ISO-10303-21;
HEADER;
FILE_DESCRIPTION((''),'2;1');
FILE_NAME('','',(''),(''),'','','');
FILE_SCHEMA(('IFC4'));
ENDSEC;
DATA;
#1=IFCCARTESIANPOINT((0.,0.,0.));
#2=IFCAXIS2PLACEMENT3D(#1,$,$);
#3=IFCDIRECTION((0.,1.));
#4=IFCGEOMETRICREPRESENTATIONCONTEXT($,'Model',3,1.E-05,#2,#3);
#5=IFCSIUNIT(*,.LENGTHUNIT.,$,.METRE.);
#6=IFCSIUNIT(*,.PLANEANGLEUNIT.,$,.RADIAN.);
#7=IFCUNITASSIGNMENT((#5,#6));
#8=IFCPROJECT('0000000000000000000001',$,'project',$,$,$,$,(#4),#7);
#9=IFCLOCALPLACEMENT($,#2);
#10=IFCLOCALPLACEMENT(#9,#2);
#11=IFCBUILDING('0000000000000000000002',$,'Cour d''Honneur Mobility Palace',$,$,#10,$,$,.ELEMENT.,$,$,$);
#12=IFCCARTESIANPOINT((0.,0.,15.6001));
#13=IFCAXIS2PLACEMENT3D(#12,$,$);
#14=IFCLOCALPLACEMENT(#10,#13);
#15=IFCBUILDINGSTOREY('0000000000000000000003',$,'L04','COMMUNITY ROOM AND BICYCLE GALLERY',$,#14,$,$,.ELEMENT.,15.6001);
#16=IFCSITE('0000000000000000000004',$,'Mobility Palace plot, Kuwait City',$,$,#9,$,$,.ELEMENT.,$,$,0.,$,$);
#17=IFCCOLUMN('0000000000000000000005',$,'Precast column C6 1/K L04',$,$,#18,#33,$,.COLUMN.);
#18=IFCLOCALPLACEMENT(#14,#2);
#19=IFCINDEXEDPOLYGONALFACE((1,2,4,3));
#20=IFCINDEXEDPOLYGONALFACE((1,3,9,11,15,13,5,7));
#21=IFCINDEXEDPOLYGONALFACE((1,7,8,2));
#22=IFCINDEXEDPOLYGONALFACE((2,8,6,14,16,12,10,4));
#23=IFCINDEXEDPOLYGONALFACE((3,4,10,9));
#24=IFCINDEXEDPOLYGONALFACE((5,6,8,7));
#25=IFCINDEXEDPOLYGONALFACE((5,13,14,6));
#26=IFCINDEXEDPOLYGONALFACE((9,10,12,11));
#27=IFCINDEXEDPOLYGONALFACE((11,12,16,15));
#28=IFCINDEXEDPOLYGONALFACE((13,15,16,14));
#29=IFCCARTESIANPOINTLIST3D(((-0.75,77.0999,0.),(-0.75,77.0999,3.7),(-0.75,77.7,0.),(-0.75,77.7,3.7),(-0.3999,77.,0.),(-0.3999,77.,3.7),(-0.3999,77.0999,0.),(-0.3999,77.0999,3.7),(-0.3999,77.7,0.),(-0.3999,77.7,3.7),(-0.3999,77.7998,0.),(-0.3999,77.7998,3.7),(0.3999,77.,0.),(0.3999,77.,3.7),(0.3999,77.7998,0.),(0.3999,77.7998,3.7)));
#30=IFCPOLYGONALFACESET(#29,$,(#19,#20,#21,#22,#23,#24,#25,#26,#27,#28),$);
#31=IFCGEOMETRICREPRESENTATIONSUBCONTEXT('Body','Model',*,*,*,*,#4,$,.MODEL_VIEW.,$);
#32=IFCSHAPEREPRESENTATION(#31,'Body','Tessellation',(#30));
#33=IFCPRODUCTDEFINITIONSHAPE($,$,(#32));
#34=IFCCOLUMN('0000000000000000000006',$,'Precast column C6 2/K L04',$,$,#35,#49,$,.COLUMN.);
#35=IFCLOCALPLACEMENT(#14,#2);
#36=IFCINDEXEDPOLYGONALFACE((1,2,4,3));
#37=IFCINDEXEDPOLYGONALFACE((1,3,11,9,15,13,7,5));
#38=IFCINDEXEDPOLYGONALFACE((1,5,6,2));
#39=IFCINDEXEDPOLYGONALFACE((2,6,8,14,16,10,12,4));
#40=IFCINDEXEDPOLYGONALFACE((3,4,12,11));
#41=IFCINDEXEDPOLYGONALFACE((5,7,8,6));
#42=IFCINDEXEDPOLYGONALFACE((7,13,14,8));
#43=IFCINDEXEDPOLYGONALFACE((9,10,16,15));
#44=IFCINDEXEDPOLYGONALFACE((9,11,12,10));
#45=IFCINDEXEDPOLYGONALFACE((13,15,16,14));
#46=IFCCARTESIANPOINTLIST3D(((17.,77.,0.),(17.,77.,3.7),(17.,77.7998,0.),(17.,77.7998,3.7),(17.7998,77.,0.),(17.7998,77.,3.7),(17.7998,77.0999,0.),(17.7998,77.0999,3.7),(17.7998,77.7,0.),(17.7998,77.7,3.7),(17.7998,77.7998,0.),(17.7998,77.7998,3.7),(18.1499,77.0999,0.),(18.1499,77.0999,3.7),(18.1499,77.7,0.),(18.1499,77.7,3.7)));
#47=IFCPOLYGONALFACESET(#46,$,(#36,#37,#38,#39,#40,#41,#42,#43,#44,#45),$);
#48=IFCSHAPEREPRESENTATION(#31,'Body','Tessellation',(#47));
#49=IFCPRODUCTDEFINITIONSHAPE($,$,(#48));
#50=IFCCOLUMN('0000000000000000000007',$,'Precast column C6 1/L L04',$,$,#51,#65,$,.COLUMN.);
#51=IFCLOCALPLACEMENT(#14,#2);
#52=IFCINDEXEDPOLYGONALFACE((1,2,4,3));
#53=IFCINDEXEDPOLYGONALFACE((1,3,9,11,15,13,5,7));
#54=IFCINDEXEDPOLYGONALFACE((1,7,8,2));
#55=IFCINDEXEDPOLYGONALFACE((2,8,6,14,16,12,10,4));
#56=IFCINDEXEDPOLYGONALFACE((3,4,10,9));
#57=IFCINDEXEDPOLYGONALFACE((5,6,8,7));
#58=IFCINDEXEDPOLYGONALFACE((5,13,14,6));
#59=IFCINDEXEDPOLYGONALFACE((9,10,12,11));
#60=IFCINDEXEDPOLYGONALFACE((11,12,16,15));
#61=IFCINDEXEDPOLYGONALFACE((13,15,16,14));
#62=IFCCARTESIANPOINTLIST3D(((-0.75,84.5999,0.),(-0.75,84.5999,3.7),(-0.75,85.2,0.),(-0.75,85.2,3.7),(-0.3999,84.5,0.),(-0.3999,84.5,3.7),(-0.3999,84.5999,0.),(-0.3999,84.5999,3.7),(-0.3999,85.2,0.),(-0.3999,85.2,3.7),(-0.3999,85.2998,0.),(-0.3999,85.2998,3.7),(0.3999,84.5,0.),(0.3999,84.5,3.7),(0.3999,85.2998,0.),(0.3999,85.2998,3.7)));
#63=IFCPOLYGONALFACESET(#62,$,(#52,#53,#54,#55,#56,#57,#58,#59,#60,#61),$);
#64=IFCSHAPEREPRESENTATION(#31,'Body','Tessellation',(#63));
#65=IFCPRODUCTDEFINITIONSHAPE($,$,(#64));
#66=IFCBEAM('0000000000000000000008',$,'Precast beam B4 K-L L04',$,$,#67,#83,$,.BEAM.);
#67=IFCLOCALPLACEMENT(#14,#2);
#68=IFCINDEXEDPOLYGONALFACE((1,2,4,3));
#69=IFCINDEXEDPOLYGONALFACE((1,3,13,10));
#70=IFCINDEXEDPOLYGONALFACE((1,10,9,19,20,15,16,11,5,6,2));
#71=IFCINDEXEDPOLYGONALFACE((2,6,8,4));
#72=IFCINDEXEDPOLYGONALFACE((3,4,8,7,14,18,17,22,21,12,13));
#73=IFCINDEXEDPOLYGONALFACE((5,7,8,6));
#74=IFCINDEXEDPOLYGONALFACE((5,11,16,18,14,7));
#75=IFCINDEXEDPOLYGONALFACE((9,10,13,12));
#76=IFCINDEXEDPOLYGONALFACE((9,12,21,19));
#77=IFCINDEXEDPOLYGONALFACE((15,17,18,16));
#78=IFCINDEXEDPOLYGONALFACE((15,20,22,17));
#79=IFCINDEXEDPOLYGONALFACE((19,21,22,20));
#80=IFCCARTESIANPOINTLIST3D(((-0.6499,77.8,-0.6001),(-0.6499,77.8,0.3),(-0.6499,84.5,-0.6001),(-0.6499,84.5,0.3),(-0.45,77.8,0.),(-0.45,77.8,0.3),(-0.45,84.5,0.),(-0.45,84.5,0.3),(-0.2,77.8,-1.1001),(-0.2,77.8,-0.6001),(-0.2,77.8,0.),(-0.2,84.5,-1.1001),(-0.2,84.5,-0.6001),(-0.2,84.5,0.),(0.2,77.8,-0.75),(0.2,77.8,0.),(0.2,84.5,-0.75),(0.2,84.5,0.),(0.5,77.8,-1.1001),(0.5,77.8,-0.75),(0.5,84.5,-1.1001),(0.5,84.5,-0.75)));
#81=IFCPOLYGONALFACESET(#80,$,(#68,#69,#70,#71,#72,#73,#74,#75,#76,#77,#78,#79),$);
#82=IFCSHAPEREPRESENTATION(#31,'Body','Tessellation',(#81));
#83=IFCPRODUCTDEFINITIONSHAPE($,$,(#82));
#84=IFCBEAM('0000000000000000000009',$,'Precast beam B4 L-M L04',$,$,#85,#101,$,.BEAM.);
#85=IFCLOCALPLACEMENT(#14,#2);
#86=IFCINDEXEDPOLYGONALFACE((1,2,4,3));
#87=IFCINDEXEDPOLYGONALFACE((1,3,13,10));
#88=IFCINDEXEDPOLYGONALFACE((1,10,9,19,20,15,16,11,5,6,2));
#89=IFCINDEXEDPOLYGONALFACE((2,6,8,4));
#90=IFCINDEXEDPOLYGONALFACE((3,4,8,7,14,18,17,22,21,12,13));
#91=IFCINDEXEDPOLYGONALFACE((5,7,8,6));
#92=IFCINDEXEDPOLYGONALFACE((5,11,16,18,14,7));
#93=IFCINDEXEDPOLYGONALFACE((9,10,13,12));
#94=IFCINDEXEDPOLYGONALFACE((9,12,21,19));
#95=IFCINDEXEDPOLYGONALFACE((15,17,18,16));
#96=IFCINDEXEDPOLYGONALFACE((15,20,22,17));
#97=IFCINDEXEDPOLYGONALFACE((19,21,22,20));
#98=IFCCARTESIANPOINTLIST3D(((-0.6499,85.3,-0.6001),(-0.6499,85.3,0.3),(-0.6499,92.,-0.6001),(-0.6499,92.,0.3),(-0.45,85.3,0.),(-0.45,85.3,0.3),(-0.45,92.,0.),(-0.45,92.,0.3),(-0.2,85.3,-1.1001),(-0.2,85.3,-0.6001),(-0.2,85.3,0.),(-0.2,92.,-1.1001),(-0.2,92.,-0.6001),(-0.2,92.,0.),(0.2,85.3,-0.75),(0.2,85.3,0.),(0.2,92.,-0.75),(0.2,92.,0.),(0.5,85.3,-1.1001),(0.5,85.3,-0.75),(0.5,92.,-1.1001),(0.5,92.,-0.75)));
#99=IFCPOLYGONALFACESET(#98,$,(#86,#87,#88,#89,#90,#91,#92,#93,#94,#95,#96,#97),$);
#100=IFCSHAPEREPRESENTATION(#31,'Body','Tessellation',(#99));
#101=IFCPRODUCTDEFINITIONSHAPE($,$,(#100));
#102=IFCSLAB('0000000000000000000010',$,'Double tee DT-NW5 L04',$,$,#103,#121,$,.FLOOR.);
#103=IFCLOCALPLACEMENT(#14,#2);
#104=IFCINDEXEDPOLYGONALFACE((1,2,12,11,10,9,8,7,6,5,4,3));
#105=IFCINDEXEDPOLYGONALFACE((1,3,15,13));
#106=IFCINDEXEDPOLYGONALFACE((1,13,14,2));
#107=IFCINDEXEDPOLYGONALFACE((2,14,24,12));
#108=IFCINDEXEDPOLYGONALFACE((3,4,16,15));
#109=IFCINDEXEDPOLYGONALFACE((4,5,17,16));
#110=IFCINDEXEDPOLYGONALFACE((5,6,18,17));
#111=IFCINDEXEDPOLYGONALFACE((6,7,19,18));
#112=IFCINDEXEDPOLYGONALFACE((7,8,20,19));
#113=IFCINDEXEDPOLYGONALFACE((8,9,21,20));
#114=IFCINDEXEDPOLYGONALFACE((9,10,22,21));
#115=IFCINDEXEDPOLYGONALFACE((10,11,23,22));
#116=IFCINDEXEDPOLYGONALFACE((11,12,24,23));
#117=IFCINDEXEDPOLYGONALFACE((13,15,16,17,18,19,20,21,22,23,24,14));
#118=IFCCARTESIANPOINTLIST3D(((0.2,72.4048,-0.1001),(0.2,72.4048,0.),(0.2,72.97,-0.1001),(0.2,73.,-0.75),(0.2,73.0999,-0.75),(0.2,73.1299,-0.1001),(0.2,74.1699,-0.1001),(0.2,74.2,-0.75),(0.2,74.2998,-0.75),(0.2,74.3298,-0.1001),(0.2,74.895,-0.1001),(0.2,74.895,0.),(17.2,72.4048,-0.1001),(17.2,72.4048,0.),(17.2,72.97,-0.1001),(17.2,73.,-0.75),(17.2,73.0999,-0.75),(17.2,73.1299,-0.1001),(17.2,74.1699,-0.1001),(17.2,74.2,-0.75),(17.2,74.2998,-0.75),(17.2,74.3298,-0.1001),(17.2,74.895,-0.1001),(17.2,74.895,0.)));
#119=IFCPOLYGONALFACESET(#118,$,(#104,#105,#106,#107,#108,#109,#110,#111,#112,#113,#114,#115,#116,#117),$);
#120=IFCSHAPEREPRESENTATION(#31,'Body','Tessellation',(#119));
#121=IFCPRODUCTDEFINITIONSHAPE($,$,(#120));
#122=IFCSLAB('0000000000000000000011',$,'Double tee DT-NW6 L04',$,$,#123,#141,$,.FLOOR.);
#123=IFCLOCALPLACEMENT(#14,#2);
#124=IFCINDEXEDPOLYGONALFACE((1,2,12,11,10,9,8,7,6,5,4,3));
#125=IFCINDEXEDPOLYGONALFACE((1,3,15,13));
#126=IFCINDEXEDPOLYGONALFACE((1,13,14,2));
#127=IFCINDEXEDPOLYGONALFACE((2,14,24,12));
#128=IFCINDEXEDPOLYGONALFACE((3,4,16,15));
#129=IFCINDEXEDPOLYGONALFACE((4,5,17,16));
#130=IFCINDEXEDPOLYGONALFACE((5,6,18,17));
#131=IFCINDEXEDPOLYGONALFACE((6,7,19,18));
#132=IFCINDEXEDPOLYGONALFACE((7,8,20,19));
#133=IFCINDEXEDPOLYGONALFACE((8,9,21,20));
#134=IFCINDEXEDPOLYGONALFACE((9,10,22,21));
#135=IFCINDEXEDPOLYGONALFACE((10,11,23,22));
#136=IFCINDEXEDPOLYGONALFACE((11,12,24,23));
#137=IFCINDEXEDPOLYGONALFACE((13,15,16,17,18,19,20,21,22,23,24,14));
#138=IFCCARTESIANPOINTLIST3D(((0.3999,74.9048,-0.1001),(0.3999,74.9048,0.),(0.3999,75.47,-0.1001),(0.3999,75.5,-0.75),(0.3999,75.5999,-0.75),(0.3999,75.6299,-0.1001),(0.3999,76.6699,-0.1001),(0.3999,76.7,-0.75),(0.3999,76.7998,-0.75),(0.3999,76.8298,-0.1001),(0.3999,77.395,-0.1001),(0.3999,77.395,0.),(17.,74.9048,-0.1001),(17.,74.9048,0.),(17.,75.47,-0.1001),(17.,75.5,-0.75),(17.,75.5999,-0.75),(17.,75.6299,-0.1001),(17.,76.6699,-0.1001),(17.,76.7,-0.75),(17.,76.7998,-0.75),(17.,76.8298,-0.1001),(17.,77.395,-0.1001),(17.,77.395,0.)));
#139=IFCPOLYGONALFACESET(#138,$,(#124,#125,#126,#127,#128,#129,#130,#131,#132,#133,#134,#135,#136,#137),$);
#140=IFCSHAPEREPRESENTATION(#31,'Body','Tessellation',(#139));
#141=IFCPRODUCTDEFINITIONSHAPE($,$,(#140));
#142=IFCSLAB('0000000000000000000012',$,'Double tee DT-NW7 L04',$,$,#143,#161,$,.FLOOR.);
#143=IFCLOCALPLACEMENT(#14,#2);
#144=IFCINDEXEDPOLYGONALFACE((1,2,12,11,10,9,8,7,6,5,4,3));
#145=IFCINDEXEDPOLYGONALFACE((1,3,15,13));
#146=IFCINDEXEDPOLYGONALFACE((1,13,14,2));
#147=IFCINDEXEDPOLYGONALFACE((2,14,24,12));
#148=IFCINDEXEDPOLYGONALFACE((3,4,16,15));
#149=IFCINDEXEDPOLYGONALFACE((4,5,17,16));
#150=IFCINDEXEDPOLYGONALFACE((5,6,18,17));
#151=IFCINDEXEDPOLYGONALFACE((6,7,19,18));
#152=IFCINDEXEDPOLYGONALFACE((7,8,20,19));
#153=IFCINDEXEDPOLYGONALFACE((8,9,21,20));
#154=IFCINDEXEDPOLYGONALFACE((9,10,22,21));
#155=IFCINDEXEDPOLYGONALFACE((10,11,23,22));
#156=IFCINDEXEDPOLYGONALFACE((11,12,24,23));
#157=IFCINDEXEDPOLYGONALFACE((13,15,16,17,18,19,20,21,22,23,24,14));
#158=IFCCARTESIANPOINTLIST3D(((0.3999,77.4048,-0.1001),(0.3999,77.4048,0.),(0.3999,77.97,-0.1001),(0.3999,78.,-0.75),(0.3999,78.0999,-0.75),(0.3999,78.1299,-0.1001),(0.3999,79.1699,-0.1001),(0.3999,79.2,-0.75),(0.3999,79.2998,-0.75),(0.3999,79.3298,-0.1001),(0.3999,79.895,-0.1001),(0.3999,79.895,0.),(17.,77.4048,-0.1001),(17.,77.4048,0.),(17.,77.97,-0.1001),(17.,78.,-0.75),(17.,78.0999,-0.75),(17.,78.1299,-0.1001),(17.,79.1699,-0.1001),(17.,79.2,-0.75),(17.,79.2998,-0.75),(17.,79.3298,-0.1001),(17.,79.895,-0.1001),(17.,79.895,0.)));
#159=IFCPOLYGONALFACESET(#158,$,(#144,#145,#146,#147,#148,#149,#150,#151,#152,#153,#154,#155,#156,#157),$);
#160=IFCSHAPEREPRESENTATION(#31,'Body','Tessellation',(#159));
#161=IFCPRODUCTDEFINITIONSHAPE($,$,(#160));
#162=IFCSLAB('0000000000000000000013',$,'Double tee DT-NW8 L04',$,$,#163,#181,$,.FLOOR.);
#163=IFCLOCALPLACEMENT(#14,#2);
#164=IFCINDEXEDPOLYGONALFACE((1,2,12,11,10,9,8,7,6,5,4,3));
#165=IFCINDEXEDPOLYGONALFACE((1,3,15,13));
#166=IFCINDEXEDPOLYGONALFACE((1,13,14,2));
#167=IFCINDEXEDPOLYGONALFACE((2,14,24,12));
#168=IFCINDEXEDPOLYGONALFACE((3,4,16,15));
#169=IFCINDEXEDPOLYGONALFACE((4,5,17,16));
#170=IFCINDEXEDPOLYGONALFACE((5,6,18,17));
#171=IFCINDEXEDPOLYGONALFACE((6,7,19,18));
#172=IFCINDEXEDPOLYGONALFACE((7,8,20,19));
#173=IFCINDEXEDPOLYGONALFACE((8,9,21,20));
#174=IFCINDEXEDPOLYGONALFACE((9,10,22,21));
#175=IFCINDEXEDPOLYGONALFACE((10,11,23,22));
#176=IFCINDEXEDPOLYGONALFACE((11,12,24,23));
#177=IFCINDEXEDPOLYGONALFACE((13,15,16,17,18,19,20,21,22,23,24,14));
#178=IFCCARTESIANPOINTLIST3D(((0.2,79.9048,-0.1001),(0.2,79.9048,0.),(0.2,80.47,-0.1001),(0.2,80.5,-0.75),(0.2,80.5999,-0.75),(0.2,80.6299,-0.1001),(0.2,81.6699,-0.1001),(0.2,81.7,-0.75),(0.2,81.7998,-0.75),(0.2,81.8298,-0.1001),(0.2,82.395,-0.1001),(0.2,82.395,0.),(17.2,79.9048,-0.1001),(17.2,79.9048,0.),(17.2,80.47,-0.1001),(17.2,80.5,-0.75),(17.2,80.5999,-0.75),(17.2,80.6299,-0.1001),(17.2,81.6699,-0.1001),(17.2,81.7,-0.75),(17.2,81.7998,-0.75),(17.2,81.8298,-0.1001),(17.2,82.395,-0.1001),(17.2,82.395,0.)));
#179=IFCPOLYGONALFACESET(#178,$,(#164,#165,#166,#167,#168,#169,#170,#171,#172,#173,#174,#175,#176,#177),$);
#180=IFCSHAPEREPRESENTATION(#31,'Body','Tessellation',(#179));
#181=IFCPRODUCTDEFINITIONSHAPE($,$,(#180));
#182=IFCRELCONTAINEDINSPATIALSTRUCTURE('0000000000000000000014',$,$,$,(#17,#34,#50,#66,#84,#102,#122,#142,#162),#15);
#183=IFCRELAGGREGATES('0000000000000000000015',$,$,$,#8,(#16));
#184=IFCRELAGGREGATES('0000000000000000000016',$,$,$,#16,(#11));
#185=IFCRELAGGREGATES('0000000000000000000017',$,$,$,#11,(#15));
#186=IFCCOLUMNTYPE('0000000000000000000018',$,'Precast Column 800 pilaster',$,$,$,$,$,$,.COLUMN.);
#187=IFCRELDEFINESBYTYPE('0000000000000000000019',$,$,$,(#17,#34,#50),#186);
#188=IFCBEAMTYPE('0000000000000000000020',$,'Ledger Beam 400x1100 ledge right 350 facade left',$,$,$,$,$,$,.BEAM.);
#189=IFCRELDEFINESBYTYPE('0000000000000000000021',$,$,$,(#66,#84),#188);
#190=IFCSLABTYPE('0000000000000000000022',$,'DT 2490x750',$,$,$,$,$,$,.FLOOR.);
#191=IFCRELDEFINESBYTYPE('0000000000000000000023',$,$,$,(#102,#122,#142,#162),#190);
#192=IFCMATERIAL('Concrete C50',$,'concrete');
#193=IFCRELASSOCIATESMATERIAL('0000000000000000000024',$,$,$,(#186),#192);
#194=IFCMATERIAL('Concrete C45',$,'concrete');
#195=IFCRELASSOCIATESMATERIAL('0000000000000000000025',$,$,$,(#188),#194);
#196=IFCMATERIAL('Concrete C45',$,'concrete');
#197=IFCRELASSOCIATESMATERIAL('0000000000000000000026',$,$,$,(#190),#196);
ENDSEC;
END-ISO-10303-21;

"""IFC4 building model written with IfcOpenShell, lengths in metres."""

from ifc_helpers import new_model, si_unit, direction, frame, origin, place, context, subcontext, project, spatial, polyline, outline, extrude, material, material_profile, profile_set, type_object, element, save


model = new_model("IFC4")

# Units and contexts
model_context = context("Model", 3, precision=1e-05, world=origin(), true_north=direction((0.0, 1.0)))
body_context = subcontext(model_context, "Body", "Model", "MODEL_VIEW")
ifc_project = project(units=[si_unit("LENGTHUNIT", "METRE"), si_unit("PLANEANGLEUNIT", "RADIAN")], contexts=[model_context])

# Site, building, storey
site_placement = place(None, origin())
site = spatial("IfcSite", under=ifc_project, at=site_placement, Name="Mobility Palace plot, Kuwait City", CompositionType="ELEMENT", RefElevation=0.0)
building_placement = place(site_placement, origin())
building = spatial("IfcBuilding", under=site, at=building_placement, Name="Cour d'Honneur Mobility Palace", CompositionType="ELEMENT")
storey_placement = place(building_placement, frame((0.0, 0.0, 15.6001)))
storey = spatial("IfcBuildingStorey", under=building, at=storey_placement, Name="L04", Description="COMMUNITY ROOM AND BICYCLE GALLERY", CompositionType="ELEMENT", Elevation=15.6001)

# Columns
ifc_material_1 = material(Name="Concrete C50", Category="concrete")
ifc_material_profile_1 = material_profile(ifc_material_1, outline(polyline([(-0.3999, -0.3999), (0.3999, -0.3999), (0.3999, -0.3), (0.75, -0.3), (0.75, 0.3), (0.3999, 0.3), (0.3999, 0.3999), (-0.3999, 0.3999), (-0.3999, -0.3999)])), Name="PC C800 pilaster")
ifc_profile_set_1 = profile_set([ifc_material_profile_1], Name="Concrete C50")
column_type = type_object("IfcColumnType", Name="Precast Column 800 pilaster", PredefinedType="COLUMN", material=ifc_profile_set_1)
for number, where, z_axis, x_axis, name in (
    (1, (0.0, 77.3999, 0.0), (0.0, 0.0, 1.0), (-1.0, 0.0, 0.0), "Precast column C6 1/K L04"),
    (2, (17.3999, 77.3999, 0.0), (0.0, 0.0, 1.0), (1.0, 0.0, 0.0), "Precast column C6 2/K L04"),
    (3, (0.0, 84.8999, 0.0), (0.0, 0.0, 1.0), (-1.0, 0.0, 0.0), "Precast column C6 1/L L04"),
):
    element("IfcColumn", number, at=place(storey_placement, frame(where, z_axis=z_axis, x_axis=x_axis)), inside=storey, type_object=column_type, Name=name, PredefinedType="COLUMN", context=body_context, shape_type="SweptSolid", body=[
        extrude(outline(polyline([(-0.3999, -0.3999), (0.3999, -0.3999), (0.3999, -0.3), (0.75, -0.3), (0.75, 0.3), (0.3999, 0.3), (0.3999, 0.3999), (-0.3999, 0.3999), (-0.3999, -0.3999)])), origin(), (0.0, 0.0, 1.0), 3.7),
    ])

# Beams
ifc_material_2 = material(Name="Concrete C45", Category="concrete")
ifc_material_profile_2 = material_profile(ifc_material_2, outline(polyline([(0.2, -1.1001), (0.2, -0.6001), (0.6499, -0.6001), (0.6499, 0.3), (0.45, 0.3), (0.45, 0.0), (0.2, 0.0), (-0.2, 0.0), (-0.2, -0.75), (-0.5, -0.75), (-0.5, -1.1001), (0.2, -1.1001)])), Name="Ledger Beam 400x1100 ledge right 350 facade left")
ifc_profile_set_2 = profile_set([ifc_material_profile_2], Name="Concrete C45")
beam_type = type_object("IfcBeamType", Name="Ledger Beam 400x1100 ledge right 350 facade left", PredefinedType="BEAM", material=ifc_profile_set_2)
for number, where, z_axis, x_axis, name in (
    (4, (0.0, 77.8, 0.0), (0.0, 1.0, 0.0), (-1.0, 0.0, 0.0), "Precast beam B4 K-L L04"),
    (5, (0.0, 85.3, 0.0), (0.0, 1.0, 0.0), (-1.0, 0.0, 0.0), "Precast beam B4 L-M L04"),
):
    element("IfcBeam", number, at=place(storey_placement, frame(where, z_axis=z_axis, x_axis=x_axis)), inside=storey, type_object=beam_type, Name=name, PredefinedType="BEAM", context=body_context, shape_type="SweptSolid", body=[
        extrude(outline(polyline([(0.2, -1.1001), (0.2, -0.6001), (0.6499, -0.6001), (0.6499, 0.3), (0.45, 0.3), (0.45, 0.0), (0.2, 0.0), (-0.2, 0.0), (-0.2, -0.75), (-0.5, -0.75), (-0.5, -1.1001), (0.2, -1.1001)])), origin(), (0.0, 0.0, 1.0), 6.7),
    ])

# Slabs
ifc_material_3 = material(Name="Concrete C45", Category="concrete")
ifc_material_profile_3 = material_profile(ifc_material_3, outline(polyline([(-1.2451, 0.0), (1.2451, 0.0), (1.2451, -0.1001), (0.6799, -0.1001), (0.6499, -0.75), (0.55, -0.75), (0.52, -0.1001), (-0.52, -0.1001), (-0.55, -0.75), (-0.6499, -0.75), (-0.6799, -0.1001), (-1.2451, -0.1001), (-1.2451, 0.0)])), Name="DT 2490x750")
ifc_profile_set_3 = profile_set([ifc_material_profile_3], Name="Concrete C45")
slab_type = type_object("IfcSlabType", Name="DT 2490x750", PredefinedType="FLOOR", material=ifc_profile_set_3)
slab_1_placement = place(storey_placement, frame((0.2, 73.6499, 0.0), z_axis=(1.0, 0.0, 0.0), x_axis=(0.0, 1.0, 0.0)))
element("IfcSlab", 6, at=slab_1_placement, inside=storey, type_object=slab_type, Name="Double tee DT-NW5 L04", PredefinedType="FLOOR", context=body_context, shape_type="SweptSolid", body=[
    extrude(outline(polyline([(-1.2451, 0.0), (1.2451, 0.0), (1.2451, -0.1001), (0.6799, -0.1001), (0.6499, -0.75), (0.55, -0.75), (0.52, -0.1001), (-0.52, -0.1001), (-0.55, -0.75), (-0.6499, -0.75), (-0.6799, -0.1001), (-1.2451, -0.1001), (-1.2451, 0.0)])), origin(), (0.0, 0.0, 1.0), 17.0),
])
for number, where, z_axis, x_axis, name in (
    (7, (0.3999, 76.1499, 0.0), (1.0, 0.0, 0.0), (0.0, 1.0, 0.0), "Double tee DT-NW6 L04"),
    (8, (0.3999, 78.6499, 0.0), (1.0, 0.0, 0.0), (0.0, 1.0, 0.0), "Double tee DT-NW7 L04"),
):
    element("IfcSlab", number, at=place(storey_placement, frame(where, z_axis=z_axis, x_axis=x_axis)), inside=storey, type_object=slab_type, Name=name, PredefinedType="FLOOR", context=body_context, shape_type="SweptSolid", body=[
        extrude(outline(polyline([(-1.2451, 0.0), (1.2451, 0.0), (1.2451, -0.1001), (0.6799, -0.1001), (0.6499, -0.75), (0.55, -0.75), (0.52, -0.1001), (-0.52, -0.1001), (-0.55, -0.75), (-0.6499, -0.75), (-0.6799, -0.1001), (-1.2451, -0.1001), (-1.2451, 0.0)])), origin(), (0.0, 0.0, 1.0), 16.6001),
    ])
slab_2_placement = place(storey_placement, frame((0.2, 81.1499, 0.0), z_axis=(1.0, 0.0, 0.0), x_axis=(0.0, 1.0, 0.0)))
element("IfcSlab", 9, at=slab_2_placement, inside=storey, type_object=slab_type, Name="Double tee DT-NW8 L04", PredefinedType="FLOOR", context=body_context, shape_type="SweptSolid", body=[
    extrude(outline(polyline([(-1.2451, 0.0), (1.2451, 0.0), (1.2451, -0.1001), (0.6799, -0.1001), (0.6499, -0.75), (0.55, -0.75), (0.52, -0.1001), (-0.52, -0.1001), (-0.55, -0.75), (-0.6499, -0.75), (-0.6799, -0.1001), (-1.2451, -0.1001), (-1.2451, 0.0)])), origin(), (0.0, 0.0, 1.0), 17.0),
])

save(model, "model.ifc")
